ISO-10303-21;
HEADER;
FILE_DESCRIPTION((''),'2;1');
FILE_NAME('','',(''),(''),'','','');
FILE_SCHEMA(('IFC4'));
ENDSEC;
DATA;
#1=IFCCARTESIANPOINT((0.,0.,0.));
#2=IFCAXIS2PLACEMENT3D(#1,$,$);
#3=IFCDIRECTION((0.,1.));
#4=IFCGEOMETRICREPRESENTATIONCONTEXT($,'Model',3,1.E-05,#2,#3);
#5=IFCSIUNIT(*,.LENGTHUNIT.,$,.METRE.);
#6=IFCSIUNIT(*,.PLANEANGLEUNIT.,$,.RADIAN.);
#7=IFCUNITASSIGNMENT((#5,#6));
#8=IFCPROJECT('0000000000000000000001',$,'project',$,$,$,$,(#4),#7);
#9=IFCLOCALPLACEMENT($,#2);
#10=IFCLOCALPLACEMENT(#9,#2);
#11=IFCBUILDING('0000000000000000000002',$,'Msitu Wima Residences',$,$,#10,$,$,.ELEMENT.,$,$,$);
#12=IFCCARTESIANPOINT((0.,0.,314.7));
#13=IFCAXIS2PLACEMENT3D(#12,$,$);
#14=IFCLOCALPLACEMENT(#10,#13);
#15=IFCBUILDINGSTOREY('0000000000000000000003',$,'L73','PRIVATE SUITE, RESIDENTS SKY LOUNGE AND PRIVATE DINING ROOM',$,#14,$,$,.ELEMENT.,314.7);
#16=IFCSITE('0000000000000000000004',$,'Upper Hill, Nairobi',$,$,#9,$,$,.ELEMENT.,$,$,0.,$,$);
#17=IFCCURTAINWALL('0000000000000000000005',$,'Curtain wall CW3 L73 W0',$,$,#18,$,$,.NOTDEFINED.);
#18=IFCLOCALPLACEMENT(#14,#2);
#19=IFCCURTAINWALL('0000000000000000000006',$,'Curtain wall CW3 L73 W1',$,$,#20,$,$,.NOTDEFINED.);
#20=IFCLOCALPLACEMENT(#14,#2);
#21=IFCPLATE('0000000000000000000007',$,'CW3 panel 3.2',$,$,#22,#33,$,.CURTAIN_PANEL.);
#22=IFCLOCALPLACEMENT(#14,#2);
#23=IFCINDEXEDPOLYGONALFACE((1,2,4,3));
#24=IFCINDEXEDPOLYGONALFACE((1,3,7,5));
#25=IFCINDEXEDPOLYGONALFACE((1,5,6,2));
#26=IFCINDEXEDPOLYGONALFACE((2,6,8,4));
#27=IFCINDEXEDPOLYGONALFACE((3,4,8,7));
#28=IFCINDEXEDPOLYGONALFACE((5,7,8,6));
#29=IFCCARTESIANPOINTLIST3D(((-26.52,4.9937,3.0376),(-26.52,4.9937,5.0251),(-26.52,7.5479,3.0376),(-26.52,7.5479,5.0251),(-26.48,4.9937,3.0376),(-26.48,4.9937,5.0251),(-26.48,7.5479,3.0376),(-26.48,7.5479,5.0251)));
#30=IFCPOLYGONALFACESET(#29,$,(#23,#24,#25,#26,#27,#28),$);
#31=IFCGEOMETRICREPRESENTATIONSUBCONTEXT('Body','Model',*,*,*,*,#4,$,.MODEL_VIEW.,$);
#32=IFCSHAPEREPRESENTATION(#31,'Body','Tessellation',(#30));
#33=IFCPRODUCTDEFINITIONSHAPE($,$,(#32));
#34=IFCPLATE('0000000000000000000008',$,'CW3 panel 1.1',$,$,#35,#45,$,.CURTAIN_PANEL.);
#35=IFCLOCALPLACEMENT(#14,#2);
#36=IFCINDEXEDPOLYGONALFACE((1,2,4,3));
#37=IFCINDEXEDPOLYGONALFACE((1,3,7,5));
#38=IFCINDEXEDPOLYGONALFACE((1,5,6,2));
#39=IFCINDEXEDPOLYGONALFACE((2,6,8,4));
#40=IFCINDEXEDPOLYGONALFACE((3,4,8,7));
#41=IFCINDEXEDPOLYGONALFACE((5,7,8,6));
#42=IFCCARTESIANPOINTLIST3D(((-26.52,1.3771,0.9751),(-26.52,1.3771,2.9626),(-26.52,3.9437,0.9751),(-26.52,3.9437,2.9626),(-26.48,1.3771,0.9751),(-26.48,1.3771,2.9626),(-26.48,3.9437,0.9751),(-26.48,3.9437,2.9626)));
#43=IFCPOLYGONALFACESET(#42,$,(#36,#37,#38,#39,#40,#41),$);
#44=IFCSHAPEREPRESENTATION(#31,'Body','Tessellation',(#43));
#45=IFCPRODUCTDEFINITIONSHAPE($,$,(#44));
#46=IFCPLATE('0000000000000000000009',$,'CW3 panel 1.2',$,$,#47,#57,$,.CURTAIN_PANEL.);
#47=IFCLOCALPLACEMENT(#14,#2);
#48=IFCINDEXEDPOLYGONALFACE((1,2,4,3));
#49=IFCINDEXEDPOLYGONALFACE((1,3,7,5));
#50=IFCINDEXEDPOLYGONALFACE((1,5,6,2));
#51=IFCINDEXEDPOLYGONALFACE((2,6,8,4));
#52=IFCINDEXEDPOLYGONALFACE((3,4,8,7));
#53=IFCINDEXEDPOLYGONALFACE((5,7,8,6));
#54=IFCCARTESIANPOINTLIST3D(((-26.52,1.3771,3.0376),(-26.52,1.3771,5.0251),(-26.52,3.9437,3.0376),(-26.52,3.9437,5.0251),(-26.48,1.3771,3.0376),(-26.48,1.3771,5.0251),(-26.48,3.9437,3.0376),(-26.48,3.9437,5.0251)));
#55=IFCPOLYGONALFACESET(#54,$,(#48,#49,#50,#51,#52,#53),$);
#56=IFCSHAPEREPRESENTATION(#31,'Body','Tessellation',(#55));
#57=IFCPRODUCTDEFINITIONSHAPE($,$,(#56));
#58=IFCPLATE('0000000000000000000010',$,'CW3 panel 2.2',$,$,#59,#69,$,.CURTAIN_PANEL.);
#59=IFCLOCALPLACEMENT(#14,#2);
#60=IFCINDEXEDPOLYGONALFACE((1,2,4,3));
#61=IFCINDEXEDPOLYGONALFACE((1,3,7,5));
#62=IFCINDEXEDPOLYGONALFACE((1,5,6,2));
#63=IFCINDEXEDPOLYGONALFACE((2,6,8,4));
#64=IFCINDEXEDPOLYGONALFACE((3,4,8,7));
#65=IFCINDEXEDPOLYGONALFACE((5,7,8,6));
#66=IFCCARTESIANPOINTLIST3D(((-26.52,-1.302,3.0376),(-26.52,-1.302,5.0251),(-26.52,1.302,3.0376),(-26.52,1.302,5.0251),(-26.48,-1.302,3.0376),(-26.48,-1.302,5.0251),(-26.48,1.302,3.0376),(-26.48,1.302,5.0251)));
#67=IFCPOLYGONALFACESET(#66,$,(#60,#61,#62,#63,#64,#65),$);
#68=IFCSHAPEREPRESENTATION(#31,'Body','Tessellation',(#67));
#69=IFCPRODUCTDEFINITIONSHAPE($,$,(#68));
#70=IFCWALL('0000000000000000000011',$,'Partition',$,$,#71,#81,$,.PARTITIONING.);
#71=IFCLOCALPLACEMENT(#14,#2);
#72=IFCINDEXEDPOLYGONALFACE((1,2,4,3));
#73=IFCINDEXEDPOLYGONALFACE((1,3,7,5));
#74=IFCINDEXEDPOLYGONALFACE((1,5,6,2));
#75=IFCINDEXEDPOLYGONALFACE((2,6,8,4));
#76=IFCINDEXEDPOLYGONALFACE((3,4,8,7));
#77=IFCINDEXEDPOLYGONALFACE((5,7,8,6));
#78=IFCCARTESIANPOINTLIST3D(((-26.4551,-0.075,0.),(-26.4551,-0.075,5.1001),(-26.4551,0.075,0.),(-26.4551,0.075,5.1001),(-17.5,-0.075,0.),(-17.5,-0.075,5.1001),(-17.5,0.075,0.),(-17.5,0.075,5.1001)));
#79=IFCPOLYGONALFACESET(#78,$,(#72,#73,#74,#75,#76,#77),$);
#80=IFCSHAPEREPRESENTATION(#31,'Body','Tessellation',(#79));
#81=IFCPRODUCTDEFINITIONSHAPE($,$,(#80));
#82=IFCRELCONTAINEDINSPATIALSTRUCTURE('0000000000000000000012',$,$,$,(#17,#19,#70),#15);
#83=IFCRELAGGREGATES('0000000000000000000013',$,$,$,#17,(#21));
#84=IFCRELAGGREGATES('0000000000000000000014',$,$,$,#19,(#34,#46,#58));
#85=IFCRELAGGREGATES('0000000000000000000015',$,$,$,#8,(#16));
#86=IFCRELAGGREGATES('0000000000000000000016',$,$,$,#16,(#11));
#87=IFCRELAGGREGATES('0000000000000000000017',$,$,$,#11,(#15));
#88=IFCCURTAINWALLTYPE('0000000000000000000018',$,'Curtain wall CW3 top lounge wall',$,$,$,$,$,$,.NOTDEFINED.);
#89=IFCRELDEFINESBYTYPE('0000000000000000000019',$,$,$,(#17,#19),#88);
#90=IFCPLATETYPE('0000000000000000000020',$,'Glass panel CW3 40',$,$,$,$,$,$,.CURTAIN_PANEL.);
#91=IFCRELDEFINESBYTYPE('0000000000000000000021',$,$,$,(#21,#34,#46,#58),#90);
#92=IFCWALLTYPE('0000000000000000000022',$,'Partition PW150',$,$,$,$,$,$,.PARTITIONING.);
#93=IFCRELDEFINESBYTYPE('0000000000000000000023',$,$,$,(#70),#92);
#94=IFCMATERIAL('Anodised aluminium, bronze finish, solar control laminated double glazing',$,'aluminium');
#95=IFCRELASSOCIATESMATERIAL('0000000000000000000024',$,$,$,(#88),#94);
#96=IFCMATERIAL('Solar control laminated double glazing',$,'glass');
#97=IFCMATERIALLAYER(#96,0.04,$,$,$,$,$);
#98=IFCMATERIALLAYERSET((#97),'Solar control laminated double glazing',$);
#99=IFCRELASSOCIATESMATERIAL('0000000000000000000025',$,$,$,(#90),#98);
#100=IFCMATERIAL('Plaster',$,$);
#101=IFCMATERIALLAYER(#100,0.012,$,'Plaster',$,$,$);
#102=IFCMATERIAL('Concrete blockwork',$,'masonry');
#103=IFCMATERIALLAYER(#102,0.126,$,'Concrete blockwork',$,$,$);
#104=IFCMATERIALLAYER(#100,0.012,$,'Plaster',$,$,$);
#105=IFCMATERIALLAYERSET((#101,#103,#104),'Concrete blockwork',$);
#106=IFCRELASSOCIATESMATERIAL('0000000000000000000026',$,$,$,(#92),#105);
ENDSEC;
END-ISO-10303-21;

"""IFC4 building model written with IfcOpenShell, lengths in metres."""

from ifc_helpers import new_model, si_unit, direction, frame, frame_2d, origin, origin_2d, place, context, subcontext, project, spatial, rectangle, extrude, material, layer, layer_set, type_object, element, aggregate, save


model = new_model("IFC4")

# Units and contexts
model_context = context("Model", 3, precision=1e-05, world=origin(), true_north=direction((0.0, 1.0)))
body_context = subcontext(model_context, "Body", "Model", "MODEL_VIEW")
ifc_project = project(units=[si_unit("LENGTHUNIT", "METRE"), si_unit("PLANEANGLEUNIT", "RADIAN")], contexts=[model_context])

# Site, building, storey
site_placement = place(None, origin())
site = spatial("IfcSite", under=ifc_project, at=site_placement, Name="Upper Hill, Nairobi", CompositionType="ELEMENT", RefElevation=0.0)
building_placement = place(site_placement, origin())
building = spatial("IfcBuilding", under=site, at=building_placement, Name="Msitu Wima Residences", CompositionType="ELEMENT")
storey_placement = place(building_placement, frame((0.0, 0.0, 314.7)))
storey = spatial("IfcBuildingStorey", under=building, at=storey_placement, Name="L73", Description="PRIVATE SUITE, RESIDENTS SKY LOUNGE AND PRIVATE DINING ROOM", CompositionType="ELEMENT", Elevation=314.7)

# Curtain walls
ifc_material_1 = material(Name="Anodised aluminium, bronze finish, solar control laminated double glazing", Category="aluminium")
curtain_wall_type = type_object("IfcCurtainWallType", Name="Curtain wall CW3 top lounge wall", PredefinedType="NOTDEFINED", material=ifc_material_1)
curtain_wall_1_placement = place(storey_placement, origin())
curtain_wall_1 = element("IfcCurtainWall", 1, at=curtain_wall_1_placement, inside=storey, type_object=curtain_wall_type, Name="Curtain wall CW3 L73 W0", PredefinedType="NOTDEFINED")
curtain_wall_2_placement = place(storey_placement, origin())
curtain_wall_2 = element("IfcCurtainWall", 2, at=curtain_wall_2_placement, inside=storey, type_object=curtain_wall_type, Name="Curtain wall CW3 L73 W1", PredefinedType="NOTDEFINED")

# Plates
ifc_material_2 = material(Name="Solar control laminated double glazing", Category="glass")
ifc_layer_1 = layer(ifc_material_2, 0.04)
ifc_layer_set_1 = layer_set([ifc_layer_1], Name="Solar control laminated double glazing")
plate_type = type_object("IfcPlateType", Name="Glass panel CW3 40", PredefinedType="CURTAIN_PANEL", material=ifc_layer_set_1)
plate_1_placement = place(storey_placement, frame((-26.5, 6.2708, 3.0376), z_axis=(0.0, 0.0, 1.0), x_axis=(0.0, -1.0, 0.0)))
plate_1 = element("IfcPlate", 3, at=plate_1_placement, type_object=plate_type, Name="CW3 panel 3.2", PredefinedType="CURTAIN_PANEL", context=body_context, shape_type="SweptSolid", body=[
    extrude(rectangle(XDim=2.5542, YDim=0.04, at=origin_2d()), origin(), (0.0, 0.0, 1.0), 1.9875),
])
aggregate(curtain_wall_1, [plate_1])
plate_2_placement = place(storey_placement, frame((-26.5, 2.6604, 0.9751), z_axis=(0.0, 0.0, 1.0), x_axis=(0.0, -1.0, 0.0)))
plate_2 = element("IfcPlate", 4, at=plate_2_placement, type_object=plate_type, Name="CW3 panel 1.1", PredefinedType="CURTAIN_PANEL", context=body_context, shape_type="SweptSolid", body=[
    extrude(rectangle(XDim=2.5667, YDim=0.04, at=origin_2d()), origin(), (0.0, 0.0, 1.0), 1.9875),
])
plate_3_placement = place(storey_placement, frame((-26.5, 2.6604, 3.0376), z_axis=(0.0, 0.0, 1.0), x_axis=(0.0, -1.0, 0.0)))
plate_3 = element("IfcPlate", 5, at=plate_3_placement, type_object=plate_type, Name="CW3 panel 1.2", PredefinedType="CURTAIN_PANEL", context=body_context, shape_type="SweptSolid", body=[
    extrude(rectangle(XDim=2.5667, YDim=0.04, at=origin_2d()), origin(), (0.0, 0.0, 1.0), 1.9875),
])
plate_4_placement = place(storey_placement, frame((-26.5, 0.0, 3.0376), z_axis=(0.0, 0.0, 1.0), x_axis=(0.0, -1.0, 0.0)))
plate_4 = element("IfcPlate", 6, at=plate_4_placement, type_object=plate_type, Name="CW3 panel 2.2", PredefinedType="CURTAIN_PANEL", context=body_context, shape_type="SweptSolid", body=[
    extrude(rectangle(XDim=2.604, YDim=0.04, at=origin_2d()), origin(), (0.0, 0.0, 1.0), 1.9875),
])
aggregate(curtain_wall_2, [plate_2, plate_3, plate_4])

# Wall
ifc_material_3 = material(Name="Plaster")
ifc_layer_2 = layer(ifc_material_3, 0.012, Name="Plaster")
ifc_material_4 = material(Name="Concrete blockwork", Category="masonry")
ifc_layer_3 = layer(ifc_material_4, 0.126, Name="Concrete blockwork")
ifc_layer_4 = layer(ifc_material_3, 0.012, Name="Plaster")
ifc_layer_set_2 = layer_set([ifc_layer_2, ifc_layer_3, ifc_layer_4], Name="Concrete blockwork")
wall_type = type_object("IfcWallType", Name="Partition PW150", PredefinedType="PARTITIONING", material=ifc_layer_set_2)
wall_placement = place(storey_placement, frame((-26.4551, 0.0, 0.0), z_axis=(0.0, 0.0, 1.0), x_axis=(1.0, 0.0, 0.0)))
element("IfcWall", 7, at=wall_placement, inside=storey, type_object=wall_type, Name="Partition", PredefinedType="PARTITIONING", context=body_context, shape_type="SweptSolid", body=[
    extrude(rectangle(XDim=8.9551, YDim=0.1499, at=frame_2d((4.4775, 0.0))), origin(), (0.0, 0.0, 1.0), 5.1001),
])

save(model, "model.ifc")
